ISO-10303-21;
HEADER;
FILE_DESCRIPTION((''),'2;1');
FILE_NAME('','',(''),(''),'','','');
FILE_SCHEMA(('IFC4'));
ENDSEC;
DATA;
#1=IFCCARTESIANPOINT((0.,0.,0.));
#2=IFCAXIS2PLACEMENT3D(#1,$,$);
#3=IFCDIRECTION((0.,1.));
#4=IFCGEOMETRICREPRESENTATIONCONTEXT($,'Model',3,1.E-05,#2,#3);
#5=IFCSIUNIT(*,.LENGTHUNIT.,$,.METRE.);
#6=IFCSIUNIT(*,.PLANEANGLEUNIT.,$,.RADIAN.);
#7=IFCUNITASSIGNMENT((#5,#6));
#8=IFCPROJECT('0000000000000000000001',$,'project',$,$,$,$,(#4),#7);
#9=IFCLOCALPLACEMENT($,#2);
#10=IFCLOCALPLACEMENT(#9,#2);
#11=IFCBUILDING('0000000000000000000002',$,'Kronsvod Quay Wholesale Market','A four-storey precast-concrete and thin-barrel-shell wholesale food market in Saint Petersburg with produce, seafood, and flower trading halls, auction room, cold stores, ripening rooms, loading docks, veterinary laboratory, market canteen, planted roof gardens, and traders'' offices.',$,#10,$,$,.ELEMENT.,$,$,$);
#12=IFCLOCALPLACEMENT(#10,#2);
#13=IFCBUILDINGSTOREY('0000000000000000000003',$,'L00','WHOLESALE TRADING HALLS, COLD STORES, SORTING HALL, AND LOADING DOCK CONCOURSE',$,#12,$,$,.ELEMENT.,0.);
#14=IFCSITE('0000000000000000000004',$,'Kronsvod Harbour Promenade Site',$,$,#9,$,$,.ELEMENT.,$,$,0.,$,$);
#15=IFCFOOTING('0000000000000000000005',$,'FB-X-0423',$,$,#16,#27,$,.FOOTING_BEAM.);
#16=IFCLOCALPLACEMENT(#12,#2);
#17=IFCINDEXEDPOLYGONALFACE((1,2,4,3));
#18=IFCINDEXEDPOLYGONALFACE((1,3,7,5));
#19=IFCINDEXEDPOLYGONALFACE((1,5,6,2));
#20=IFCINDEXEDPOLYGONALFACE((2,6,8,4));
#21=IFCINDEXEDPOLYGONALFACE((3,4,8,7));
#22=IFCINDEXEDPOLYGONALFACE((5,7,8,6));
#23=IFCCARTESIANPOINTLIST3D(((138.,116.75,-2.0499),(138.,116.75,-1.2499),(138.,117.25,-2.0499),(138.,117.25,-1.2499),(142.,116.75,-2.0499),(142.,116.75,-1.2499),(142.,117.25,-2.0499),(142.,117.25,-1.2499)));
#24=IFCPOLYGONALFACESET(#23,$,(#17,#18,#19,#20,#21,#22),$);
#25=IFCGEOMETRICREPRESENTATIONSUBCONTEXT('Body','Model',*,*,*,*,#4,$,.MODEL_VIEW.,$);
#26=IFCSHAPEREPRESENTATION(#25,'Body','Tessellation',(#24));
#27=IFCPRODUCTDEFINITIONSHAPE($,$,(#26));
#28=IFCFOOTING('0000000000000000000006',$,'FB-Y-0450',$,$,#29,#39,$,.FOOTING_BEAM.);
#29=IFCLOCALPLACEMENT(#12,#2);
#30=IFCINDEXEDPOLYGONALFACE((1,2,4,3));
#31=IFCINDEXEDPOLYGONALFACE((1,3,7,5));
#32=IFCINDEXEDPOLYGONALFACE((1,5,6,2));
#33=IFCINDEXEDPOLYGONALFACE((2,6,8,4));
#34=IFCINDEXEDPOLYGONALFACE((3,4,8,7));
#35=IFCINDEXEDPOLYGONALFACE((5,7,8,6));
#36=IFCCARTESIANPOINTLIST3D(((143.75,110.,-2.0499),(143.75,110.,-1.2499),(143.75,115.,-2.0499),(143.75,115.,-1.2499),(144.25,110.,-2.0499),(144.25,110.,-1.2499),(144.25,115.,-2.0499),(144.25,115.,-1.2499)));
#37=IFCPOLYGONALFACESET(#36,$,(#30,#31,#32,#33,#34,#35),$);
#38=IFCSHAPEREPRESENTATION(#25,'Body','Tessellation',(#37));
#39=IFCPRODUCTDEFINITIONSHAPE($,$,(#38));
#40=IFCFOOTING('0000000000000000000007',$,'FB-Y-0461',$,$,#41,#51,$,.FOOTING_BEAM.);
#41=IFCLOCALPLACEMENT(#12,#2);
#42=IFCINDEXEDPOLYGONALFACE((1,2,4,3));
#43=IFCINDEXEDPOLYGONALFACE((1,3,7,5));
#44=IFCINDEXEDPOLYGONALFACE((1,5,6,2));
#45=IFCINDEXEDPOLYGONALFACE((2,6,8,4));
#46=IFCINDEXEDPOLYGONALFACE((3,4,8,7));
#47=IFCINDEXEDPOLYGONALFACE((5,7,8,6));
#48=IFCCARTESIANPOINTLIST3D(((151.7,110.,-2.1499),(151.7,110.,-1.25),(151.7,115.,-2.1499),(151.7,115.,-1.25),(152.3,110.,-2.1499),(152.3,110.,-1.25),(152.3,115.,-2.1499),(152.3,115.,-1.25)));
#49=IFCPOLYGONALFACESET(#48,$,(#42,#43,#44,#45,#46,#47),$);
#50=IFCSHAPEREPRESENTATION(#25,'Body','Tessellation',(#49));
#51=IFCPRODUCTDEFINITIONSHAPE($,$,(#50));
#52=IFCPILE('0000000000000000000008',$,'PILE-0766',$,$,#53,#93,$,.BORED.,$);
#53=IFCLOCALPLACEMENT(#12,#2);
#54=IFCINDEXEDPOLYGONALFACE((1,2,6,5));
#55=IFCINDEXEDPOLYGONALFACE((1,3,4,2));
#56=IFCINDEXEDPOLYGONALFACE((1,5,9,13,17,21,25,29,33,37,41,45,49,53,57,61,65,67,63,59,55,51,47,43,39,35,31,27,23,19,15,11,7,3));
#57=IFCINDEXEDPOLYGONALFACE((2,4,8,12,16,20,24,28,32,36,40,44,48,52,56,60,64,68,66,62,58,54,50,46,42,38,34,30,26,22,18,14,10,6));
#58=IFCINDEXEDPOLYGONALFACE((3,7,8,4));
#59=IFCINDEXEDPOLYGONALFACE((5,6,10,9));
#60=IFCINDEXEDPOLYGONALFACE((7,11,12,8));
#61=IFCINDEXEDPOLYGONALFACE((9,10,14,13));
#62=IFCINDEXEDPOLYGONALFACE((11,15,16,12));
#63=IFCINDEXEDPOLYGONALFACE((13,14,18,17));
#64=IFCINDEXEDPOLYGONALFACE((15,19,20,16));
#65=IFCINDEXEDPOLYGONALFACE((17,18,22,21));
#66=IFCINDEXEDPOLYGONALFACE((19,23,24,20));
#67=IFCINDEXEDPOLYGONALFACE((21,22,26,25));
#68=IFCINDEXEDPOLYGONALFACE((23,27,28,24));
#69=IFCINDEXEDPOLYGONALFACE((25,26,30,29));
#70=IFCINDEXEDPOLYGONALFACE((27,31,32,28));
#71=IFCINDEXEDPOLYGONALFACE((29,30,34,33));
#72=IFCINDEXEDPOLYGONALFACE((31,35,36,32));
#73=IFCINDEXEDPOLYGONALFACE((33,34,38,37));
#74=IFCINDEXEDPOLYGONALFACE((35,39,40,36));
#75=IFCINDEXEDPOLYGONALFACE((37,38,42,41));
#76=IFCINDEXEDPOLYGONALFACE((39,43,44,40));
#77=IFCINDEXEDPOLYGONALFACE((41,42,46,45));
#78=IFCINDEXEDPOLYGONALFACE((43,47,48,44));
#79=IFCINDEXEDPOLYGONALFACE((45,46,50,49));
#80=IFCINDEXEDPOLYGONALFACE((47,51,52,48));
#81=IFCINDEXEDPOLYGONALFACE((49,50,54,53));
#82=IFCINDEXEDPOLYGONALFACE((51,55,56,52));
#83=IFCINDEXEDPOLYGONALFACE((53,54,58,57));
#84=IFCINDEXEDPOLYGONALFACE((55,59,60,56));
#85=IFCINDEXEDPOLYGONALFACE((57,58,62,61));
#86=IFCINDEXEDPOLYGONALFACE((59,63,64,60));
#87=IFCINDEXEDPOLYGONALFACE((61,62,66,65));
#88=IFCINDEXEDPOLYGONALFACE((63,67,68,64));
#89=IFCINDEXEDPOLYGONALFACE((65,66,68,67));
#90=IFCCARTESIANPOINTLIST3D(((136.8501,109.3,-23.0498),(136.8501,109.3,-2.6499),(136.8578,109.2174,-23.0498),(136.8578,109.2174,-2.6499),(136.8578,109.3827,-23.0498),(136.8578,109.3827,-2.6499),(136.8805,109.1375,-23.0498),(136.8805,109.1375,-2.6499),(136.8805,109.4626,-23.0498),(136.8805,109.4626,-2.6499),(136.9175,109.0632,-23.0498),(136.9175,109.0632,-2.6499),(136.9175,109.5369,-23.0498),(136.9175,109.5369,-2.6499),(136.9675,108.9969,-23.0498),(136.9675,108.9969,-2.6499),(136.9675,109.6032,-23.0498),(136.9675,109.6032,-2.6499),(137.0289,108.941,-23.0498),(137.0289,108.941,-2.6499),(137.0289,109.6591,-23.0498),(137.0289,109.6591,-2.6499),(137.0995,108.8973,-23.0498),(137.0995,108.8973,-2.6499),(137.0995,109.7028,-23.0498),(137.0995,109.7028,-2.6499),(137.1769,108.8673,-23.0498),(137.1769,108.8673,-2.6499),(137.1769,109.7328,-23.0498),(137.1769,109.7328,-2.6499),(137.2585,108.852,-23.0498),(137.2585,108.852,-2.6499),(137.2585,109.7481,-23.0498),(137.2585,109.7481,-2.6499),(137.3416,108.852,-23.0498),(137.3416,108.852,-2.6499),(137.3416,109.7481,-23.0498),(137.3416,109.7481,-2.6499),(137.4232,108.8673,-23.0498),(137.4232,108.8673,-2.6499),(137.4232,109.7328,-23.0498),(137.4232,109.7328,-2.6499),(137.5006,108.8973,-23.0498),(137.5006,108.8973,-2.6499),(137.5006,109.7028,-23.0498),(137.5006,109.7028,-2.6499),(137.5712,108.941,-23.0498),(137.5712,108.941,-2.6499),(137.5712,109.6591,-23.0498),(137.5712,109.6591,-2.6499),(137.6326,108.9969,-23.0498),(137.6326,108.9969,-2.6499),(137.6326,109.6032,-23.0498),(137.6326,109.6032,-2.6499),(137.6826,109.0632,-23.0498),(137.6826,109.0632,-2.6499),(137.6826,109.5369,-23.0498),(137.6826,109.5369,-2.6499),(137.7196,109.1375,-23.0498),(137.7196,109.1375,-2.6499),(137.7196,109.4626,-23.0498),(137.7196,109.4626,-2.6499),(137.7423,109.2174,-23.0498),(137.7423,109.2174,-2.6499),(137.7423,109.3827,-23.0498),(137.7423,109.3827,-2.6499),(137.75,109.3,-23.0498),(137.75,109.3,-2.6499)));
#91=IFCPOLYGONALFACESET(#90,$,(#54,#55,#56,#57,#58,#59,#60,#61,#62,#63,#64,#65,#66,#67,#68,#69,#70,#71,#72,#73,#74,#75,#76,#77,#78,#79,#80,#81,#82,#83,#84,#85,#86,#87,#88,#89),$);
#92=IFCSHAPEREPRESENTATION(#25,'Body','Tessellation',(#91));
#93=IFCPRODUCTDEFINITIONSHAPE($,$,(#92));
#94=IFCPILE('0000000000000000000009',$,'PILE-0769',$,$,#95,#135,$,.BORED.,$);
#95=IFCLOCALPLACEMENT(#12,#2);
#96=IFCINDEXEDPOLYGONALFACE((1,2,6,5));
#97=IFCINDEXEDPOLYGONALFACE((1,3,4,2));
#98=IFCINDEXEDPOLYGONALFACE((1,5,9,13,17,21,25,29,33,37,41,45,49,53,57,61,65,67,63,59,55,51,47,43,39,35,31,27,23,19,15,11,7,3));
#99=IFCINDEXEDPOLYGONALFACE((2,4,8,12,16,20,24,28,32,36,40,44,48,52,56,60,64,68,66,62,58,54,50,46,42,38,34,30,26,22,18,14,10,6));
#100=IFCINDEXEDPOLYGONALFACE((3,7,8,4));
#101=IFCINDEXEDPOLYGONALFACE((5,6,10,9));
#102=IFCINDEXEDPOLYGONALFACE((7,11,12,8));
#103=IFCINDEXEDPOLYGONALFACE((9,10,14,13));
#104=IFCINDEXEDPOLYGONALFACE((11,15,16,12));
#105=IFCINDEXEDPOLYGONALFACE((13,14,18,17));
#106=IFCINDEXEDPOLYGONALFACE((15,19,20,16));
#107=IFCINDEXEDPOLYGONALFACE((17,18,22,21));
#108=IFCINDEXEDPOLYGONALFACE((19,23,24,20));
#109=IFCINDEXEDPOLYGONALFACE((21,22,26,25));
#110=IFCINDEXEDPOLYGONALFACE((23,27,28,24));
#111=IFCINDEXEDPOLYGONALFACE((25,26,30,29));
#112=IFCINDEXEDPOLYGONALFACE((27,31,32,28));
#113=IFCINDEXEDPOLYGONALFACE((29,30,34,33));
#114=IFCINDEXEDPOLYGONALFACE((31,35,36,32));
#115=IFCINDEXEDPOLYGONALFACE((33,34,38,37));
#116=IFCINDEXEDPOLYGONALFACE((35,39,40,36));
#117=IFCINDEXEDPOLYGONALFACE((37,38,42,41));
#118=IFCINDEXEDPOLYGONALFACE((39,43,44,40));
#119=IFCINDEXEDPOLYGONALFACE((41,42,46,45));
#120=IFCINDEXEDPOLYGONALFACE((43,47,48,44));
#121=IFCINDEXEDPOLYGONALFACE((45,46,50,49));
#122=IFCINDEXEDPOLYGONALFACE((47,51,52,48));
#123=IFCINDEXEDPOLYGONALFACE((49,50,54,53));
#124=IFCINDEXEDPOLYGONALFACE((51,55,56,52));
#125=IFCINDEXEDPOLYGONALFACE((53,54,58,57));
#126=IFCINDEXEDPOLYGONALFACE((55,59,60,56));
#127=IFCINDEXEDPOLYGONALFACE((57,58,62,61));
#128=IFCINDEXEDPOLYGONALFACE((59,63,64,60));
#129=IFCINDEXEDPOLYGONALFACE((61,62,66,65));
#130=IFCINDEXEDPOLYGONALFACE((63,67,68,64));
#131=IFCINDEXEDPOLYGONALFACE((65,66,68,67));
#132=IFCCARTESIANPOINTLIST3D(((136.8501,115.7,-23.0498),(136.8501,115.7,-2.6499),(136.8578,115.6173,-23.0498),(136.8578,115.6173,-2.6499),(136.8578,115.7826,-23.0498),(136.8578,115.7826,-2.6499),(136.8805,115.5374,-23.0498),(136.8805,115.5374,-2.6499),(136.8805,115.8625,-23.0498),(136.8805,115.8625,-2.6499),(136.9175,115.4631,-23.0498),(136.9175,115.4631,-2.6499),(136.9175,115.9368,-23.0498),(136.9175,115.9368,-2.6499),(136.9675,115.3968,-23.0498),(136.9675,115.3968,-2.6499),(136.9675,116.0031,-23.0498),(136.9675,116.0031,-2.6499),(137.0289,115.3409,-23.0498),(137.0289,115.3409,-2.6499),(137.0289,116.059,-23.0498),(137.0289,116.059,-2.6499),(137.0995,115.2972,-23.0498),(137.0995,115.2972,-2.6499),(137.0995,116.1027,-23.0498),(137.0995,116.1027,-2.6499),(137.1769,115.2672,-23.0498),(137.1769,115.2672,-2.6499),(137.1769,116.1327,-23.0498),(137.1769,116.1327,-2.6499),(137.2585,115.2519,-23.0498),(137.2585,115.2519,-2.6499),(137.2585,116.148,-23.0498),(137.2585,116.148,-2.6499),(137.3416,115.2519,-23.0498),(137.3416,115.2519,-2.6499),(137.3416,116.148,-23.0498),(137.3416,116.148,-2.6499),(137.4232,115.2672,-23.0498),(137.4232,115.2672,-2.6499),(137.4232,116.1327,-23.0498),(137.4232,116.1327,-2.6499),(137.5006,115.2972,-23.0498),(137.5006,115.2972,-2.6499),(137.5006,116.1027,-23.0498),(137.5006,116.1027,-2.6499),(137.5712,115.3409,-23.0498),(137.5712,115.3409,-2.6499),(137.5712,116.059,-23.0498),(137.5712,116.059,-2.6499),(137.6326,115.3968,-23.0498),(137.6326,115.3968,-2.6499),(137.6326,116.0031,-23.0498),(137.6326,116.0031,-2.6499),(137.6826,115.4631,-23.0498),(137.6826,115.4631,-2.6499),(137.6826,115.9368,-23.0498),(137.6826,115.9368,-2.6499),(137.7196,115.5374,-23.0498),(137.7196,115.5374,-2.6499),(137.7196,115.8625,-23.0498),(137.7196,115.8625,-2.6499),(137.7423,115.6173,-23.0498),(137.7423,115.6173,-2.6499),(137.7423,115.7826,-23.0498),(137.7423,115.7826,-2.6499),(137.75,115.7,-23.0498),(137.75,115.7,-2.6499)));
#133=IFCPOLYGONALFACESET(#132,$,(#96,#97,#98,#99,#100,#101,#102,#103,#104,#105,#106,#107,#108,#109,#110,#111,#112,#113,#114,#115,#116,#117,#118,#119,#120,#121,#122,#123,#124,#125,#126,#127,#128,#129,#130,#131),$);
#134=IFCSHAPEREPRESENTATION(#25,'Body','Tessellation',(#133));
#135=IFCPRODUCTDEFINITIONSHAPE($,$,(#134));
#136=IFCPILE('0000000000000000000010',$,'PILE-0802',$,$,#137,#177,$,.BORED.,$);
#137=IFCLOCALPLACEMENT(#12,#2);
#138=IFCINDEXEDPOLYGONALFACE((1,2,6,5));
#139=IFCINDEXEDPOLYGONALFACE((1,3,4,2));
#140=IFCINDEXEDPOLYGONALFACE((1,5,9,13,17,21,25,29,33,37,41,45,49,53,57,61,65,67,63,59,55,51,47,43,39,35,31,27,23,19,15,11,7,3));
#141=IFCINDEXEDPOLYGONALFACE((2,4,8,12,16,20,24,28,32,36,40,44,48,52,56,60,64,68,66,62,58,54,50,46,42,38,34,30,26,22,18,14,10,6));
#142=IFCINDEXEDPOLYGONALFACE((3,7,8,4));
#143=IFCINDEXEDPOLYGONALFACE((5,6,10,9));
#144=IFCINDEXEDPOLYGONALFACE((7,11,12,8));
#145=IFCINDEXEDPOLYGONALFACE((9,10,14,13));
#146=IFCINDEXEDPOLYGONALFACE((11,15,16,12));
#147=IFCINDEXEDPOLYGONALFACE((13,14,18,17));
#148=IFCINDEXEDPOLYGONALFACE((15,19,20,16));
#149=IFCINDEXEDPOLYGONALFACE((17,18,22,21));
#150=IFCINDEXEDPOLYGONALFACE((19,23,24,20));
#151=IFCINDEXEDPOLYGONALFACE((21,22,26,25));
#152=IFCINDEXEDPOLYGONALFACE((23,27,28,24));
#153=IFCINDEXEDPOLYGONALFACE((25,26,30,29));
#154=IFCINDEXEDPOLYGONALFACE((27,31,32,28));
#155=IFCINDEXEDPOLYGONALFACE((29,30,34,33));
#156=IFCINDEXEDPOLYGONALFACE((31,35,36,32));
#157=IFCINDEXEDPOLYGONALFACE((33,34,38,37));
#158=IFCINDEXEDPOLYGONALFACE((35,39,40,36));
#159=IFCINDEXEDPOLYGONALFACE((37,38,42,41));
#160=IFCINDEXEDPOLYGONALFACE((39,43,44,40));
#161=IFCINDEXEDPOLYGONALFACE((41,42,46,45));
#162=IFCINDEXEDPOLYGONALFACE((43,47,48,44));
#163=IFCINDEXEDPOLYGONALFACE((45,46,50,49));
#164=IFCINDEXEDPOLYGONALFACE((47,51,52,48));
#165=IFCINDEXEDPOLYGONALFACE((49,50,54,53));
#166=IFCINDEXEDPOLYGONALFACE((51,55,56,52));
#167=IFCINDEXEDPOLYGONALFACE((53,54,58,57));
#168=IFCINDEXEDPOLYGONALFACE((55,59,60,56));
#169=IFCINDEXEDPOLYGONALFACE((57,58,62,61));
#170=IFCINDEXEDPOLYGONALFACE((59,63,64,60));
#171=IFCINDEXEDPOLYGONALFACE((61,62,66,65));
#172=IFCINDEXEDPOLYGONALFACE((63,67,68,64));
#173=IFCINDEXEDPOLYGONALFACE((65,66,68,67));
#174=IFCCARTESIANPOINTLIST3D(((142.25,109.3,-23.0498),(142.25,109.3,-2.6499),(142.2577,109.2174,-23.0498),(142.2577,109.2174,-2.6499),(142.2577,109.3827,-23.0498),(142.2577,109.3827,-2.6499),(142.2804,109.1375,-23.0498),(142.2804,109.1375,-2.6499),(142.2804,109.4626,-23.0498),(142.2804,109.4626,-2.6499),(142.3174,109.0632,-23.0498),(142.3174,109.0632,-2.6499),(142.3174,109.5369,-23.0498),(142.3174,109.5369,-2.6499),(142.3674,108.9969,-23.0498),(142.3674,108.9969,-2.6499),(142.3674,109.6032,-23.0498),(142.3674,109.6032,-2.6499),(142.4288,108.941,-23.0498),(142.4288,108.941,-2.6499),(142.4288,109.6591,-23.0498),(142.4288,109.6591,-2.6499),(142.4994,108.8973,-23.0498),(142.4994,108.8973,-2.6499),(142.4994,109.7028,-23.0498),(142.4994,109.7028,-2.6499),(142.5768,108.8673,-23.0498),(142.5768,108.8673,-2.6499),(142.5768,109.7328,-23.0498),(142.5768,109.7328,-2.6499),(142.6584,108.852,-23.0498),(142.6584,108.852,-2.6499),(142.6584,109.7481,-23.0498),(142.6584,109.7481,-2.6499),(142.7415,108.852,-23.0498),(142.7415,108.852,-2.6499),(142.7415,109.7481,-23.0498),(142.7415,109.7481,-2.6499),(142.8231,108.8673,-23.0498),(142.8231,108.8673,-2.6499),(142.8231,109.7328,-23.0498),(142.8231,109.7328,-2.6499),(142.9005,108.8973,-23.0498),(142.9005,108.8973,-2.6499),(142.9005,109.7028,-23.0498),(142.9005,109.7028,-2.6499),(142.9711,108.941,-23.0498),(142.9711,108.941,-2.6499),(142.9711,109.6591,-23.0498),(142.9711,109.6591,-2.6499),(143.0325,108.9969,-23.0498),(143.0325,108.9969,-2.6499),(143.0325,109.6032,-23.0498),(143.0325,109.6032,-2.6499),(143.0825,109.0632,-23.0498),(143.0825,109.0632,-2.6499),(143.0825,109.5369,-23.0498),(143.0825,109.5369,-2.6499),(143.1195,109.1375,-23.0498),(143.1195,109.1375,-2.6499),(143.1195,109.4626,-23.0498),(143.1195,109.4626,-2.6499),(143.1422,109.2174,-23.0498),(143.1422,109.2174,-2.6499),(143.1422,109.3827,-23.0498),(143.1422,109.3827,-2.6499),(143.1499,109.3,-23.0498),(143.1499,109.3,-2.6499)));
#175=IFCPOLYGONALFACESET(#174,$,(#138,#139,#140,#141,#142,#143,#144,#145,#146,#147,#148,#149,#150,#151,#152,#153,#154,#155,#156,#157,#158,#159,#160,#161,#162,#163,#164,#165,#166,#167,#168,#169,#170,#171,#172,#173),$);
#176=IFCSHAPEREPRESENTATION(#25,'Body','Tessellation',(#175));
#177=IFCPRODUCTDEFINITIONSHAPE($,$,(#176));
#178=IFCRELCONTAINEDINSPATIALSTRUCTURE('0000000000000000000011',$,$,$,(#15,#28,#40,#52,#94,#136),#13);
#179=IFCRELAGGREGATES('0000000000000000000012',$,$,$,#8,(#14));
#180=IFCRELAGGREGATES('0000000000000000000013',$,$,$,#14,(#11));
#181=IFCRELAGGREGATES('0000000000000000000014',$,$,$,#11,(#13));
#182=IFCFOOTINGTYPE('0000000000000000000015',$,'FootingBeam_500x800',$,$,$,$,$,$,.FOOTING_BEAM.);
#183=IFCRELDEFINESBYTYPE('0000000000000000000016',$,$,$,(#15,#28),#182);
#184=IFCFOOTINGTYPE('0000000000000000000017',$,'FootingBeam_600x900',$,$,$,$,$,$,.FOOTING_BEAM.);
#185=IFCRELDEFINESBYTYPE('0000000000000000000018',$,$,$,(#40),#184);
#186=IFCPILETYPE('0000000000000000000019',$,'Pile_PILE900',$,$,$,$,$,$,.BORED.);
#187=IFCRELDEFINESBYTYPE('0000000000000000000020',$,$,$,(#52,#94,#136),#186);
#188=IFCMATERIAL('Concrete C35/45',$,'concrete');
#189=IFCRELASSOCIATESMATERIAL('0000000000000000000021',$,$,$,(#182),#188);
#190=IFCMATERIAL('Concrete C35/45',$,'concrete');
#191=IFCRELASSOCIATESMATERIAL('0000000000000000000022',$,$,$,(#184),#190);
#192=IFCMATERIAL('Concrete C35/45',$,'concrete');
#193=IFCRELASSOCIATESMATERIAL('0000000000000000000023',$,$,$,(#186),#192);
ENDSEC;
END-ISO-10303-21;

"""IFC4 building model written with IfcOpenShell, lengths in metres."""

from ifc_helpers import new_model, si_unit, direction, frame, origin, origin_2d, place, context, subcontext, project, spatial, rectangle, circle, extrude, material, material_profile, profile_set, type_object, element, save


model = new_model("IFC4")

# Units and contexts
model_context = context("Model", 3, precision=1e-05, world=origin(), true_north=direction((0.0, 1.0)))
body_context = subcontext(model_context, "Body", "Model", "MODEL_VIEW")
ifc_project = project(units=[si_unit("LENGTHUNIT", "METRE"), si_unit("PLANEANGLEUNIT", "RADIAN")], contexts=[model_context])

# Site, building, storey
site_placement = place(None, origin())
site = spatial("IfcSite", under=ifc_project, at=site_placement, Name="Kronsvod Harbour Promenade Site", CompositionType="ELEMENT", RefElevation=0.0)
building_placement = place(site_placement, origin())
building = spatial("IfcBuilding", under=site, at=building_placement, Name="Kronsvod Quay Wholesale Market", Description="A four-storey precast-concrete and thin-barrel-shell wholesale food market in Saint Petersburg with produce, seafood, and flower trading halls, auction room, cold stores, ripening rooms, loading docks, veterinary laboratory, market canteen, planted roof gardens, and traders' offices.", CompositionType="ELEMENT")
storey_placement = place(building_placement, origin())
storey = spatial("IfcBuildingStorey", under=building, at=storey_placement, Name="L00", Description="WHOLESALE TRADING HALLS, COLD STORES, SORTING HALL, AND LOADING DOCK CONCOURSE", CompositionType="ELEMENT", Elevation=0.0)

# Footings
ifc_material_1 = material(Name="Concrete C35/45", Category="concrete")
ifc_material_profile_1 = material_profile(ifc_material_1, rectangle(XDim=0.5, YDim=0.8, at=origin_2d()), Name="FB-01")
ifc_profile_set_1 = profile_set([ifc_material_profile_1], Name="Concrete C35/45")
footing_type_1 = type_object("IfcFootingType", Name="FootingBeam_500x800", PredefinedType="FOOTING_BEAM", material=ifc_profile_set_1)
footing_1_placement = place(storey_placement, frame((138.0, 117.0, -1.6499), z_axis=(1.0, 0.0, 0.0), x_axis=(0.0, 1.0, 0.0)))
element("IfcFooting", 1, at=footing_1_placement, inside=storey, type_object=footing_type_1, Name="FB-X-0423", PredefinedType="FOOTING_BEAM", context=body_context, shape_type="SweptSolid", body=[
    extrude(rectangle(XDim=0.5, YDim=0.8, at=origin_2d()), origin(), (0.0, 0.0, 1.0), 4.0),
])
footing_2_placement = place(storey_placement, frame((144.0, 110.0, -1.6499), z_axis=(0.0, 1.0, 0.0), x_axis=(-1.0, 0.0, 0.0)))
element("IfcFooting", 2, at=footing_2_placement, inside=storey, type_object=footing_type_1, Name="FB-Y-0450", PredefinedType="FOOTING_BEAM", context=body_context, shape_type="SweptSolid", body=[
    extrude(rectangle(XDim=0.5, YDim=0.8, at=origin_2d()), origin(), (0.0, 0.0, 1.0), 5.0),
])
ifc_material_2 = material(Name="Concrete C35/45", Category="concrete")
ifc_material_profile_2 = material_profile(ifc_material_2, rectangle(XDim=0.6001, YDim=0.8999, at=origin_2d()), Name="FB-02")
ifc_profile_set_2 = profile_set([ifc_material_profile_2], Name="Concrete C35/45")
footing_type_2 = type_object("IfcFootingType", Name="FootingBeam_600x900", PredefinedType="FOOTING_BEAM", material=ifc_profile_set_2)
footing_3_placement = place(storey_placement, frame((152.0, 110.0, -1.7), z_axis=(0.0, 1.0, 0.0), x_axis=(-1.0, 0.0, 0.0)))
element("IfcFooting", 3, at=footing_3_placement, inside=storey, type_object=footing_type_2, Name="FB-Y-0461", PredefinedType="FOOTING_BEAM", context=body_context, shape_type="SweptSolid", body=[
    extrude(rectangle(XDim=0.6001, YDim=0.8999, at=origin_2d()), origin(), (0.0, 0.0, 1.0), 5.0),
])

# Piles
ifc_material_3 = material(Name="Concrete C35/45", Category="concrete")
ifc_material_profile_3 = material_profile(ifc_material_3, circle(Radius=0.45, at=origin_2d()), Name="PILE900")
ifc_profile_set_3 = profile_set([ifc_material_profile_3], Name="Concrete C35/45")
pile_type = type_object("IfcPileType", Name="Pile_PILE900", PredefinedType="BORED", material=ifc_profile_set_3)
for number, where, z_axis, x_axis, name in (
    (4, (137.3, 109.3, -2.6499), (0.0, 0.0, -1.0), (1.0, 0.0, 0.0), "PILE-0766"),
    (5, (137.3, 115.7, -2.6499), (0.0, 0.0, -1.0), (1.0, 0.0, 0.0), "PILE-0769"),
    (6, (142.7, 109.3, -2.6499), (0.0, 0.0, -1.0), (1.0, 0.0, 0.0), "PILE-0802"),
):
    element("IfcPile", number, at=place(storey_placement, frame(where, z_axis=z_axis, x_axis=x_axis)), inside=storey, type_object=pile_type, Name=name, PredefinedType="BORED", context=body_context, shape_type="SweptSolid", body=[
        extrude(circle(Radius=0.45, at=origin_2d()), origin(), (0.0, 0.0, 1.0), 20.3999),
    ])

save(model, "model.ifc")
